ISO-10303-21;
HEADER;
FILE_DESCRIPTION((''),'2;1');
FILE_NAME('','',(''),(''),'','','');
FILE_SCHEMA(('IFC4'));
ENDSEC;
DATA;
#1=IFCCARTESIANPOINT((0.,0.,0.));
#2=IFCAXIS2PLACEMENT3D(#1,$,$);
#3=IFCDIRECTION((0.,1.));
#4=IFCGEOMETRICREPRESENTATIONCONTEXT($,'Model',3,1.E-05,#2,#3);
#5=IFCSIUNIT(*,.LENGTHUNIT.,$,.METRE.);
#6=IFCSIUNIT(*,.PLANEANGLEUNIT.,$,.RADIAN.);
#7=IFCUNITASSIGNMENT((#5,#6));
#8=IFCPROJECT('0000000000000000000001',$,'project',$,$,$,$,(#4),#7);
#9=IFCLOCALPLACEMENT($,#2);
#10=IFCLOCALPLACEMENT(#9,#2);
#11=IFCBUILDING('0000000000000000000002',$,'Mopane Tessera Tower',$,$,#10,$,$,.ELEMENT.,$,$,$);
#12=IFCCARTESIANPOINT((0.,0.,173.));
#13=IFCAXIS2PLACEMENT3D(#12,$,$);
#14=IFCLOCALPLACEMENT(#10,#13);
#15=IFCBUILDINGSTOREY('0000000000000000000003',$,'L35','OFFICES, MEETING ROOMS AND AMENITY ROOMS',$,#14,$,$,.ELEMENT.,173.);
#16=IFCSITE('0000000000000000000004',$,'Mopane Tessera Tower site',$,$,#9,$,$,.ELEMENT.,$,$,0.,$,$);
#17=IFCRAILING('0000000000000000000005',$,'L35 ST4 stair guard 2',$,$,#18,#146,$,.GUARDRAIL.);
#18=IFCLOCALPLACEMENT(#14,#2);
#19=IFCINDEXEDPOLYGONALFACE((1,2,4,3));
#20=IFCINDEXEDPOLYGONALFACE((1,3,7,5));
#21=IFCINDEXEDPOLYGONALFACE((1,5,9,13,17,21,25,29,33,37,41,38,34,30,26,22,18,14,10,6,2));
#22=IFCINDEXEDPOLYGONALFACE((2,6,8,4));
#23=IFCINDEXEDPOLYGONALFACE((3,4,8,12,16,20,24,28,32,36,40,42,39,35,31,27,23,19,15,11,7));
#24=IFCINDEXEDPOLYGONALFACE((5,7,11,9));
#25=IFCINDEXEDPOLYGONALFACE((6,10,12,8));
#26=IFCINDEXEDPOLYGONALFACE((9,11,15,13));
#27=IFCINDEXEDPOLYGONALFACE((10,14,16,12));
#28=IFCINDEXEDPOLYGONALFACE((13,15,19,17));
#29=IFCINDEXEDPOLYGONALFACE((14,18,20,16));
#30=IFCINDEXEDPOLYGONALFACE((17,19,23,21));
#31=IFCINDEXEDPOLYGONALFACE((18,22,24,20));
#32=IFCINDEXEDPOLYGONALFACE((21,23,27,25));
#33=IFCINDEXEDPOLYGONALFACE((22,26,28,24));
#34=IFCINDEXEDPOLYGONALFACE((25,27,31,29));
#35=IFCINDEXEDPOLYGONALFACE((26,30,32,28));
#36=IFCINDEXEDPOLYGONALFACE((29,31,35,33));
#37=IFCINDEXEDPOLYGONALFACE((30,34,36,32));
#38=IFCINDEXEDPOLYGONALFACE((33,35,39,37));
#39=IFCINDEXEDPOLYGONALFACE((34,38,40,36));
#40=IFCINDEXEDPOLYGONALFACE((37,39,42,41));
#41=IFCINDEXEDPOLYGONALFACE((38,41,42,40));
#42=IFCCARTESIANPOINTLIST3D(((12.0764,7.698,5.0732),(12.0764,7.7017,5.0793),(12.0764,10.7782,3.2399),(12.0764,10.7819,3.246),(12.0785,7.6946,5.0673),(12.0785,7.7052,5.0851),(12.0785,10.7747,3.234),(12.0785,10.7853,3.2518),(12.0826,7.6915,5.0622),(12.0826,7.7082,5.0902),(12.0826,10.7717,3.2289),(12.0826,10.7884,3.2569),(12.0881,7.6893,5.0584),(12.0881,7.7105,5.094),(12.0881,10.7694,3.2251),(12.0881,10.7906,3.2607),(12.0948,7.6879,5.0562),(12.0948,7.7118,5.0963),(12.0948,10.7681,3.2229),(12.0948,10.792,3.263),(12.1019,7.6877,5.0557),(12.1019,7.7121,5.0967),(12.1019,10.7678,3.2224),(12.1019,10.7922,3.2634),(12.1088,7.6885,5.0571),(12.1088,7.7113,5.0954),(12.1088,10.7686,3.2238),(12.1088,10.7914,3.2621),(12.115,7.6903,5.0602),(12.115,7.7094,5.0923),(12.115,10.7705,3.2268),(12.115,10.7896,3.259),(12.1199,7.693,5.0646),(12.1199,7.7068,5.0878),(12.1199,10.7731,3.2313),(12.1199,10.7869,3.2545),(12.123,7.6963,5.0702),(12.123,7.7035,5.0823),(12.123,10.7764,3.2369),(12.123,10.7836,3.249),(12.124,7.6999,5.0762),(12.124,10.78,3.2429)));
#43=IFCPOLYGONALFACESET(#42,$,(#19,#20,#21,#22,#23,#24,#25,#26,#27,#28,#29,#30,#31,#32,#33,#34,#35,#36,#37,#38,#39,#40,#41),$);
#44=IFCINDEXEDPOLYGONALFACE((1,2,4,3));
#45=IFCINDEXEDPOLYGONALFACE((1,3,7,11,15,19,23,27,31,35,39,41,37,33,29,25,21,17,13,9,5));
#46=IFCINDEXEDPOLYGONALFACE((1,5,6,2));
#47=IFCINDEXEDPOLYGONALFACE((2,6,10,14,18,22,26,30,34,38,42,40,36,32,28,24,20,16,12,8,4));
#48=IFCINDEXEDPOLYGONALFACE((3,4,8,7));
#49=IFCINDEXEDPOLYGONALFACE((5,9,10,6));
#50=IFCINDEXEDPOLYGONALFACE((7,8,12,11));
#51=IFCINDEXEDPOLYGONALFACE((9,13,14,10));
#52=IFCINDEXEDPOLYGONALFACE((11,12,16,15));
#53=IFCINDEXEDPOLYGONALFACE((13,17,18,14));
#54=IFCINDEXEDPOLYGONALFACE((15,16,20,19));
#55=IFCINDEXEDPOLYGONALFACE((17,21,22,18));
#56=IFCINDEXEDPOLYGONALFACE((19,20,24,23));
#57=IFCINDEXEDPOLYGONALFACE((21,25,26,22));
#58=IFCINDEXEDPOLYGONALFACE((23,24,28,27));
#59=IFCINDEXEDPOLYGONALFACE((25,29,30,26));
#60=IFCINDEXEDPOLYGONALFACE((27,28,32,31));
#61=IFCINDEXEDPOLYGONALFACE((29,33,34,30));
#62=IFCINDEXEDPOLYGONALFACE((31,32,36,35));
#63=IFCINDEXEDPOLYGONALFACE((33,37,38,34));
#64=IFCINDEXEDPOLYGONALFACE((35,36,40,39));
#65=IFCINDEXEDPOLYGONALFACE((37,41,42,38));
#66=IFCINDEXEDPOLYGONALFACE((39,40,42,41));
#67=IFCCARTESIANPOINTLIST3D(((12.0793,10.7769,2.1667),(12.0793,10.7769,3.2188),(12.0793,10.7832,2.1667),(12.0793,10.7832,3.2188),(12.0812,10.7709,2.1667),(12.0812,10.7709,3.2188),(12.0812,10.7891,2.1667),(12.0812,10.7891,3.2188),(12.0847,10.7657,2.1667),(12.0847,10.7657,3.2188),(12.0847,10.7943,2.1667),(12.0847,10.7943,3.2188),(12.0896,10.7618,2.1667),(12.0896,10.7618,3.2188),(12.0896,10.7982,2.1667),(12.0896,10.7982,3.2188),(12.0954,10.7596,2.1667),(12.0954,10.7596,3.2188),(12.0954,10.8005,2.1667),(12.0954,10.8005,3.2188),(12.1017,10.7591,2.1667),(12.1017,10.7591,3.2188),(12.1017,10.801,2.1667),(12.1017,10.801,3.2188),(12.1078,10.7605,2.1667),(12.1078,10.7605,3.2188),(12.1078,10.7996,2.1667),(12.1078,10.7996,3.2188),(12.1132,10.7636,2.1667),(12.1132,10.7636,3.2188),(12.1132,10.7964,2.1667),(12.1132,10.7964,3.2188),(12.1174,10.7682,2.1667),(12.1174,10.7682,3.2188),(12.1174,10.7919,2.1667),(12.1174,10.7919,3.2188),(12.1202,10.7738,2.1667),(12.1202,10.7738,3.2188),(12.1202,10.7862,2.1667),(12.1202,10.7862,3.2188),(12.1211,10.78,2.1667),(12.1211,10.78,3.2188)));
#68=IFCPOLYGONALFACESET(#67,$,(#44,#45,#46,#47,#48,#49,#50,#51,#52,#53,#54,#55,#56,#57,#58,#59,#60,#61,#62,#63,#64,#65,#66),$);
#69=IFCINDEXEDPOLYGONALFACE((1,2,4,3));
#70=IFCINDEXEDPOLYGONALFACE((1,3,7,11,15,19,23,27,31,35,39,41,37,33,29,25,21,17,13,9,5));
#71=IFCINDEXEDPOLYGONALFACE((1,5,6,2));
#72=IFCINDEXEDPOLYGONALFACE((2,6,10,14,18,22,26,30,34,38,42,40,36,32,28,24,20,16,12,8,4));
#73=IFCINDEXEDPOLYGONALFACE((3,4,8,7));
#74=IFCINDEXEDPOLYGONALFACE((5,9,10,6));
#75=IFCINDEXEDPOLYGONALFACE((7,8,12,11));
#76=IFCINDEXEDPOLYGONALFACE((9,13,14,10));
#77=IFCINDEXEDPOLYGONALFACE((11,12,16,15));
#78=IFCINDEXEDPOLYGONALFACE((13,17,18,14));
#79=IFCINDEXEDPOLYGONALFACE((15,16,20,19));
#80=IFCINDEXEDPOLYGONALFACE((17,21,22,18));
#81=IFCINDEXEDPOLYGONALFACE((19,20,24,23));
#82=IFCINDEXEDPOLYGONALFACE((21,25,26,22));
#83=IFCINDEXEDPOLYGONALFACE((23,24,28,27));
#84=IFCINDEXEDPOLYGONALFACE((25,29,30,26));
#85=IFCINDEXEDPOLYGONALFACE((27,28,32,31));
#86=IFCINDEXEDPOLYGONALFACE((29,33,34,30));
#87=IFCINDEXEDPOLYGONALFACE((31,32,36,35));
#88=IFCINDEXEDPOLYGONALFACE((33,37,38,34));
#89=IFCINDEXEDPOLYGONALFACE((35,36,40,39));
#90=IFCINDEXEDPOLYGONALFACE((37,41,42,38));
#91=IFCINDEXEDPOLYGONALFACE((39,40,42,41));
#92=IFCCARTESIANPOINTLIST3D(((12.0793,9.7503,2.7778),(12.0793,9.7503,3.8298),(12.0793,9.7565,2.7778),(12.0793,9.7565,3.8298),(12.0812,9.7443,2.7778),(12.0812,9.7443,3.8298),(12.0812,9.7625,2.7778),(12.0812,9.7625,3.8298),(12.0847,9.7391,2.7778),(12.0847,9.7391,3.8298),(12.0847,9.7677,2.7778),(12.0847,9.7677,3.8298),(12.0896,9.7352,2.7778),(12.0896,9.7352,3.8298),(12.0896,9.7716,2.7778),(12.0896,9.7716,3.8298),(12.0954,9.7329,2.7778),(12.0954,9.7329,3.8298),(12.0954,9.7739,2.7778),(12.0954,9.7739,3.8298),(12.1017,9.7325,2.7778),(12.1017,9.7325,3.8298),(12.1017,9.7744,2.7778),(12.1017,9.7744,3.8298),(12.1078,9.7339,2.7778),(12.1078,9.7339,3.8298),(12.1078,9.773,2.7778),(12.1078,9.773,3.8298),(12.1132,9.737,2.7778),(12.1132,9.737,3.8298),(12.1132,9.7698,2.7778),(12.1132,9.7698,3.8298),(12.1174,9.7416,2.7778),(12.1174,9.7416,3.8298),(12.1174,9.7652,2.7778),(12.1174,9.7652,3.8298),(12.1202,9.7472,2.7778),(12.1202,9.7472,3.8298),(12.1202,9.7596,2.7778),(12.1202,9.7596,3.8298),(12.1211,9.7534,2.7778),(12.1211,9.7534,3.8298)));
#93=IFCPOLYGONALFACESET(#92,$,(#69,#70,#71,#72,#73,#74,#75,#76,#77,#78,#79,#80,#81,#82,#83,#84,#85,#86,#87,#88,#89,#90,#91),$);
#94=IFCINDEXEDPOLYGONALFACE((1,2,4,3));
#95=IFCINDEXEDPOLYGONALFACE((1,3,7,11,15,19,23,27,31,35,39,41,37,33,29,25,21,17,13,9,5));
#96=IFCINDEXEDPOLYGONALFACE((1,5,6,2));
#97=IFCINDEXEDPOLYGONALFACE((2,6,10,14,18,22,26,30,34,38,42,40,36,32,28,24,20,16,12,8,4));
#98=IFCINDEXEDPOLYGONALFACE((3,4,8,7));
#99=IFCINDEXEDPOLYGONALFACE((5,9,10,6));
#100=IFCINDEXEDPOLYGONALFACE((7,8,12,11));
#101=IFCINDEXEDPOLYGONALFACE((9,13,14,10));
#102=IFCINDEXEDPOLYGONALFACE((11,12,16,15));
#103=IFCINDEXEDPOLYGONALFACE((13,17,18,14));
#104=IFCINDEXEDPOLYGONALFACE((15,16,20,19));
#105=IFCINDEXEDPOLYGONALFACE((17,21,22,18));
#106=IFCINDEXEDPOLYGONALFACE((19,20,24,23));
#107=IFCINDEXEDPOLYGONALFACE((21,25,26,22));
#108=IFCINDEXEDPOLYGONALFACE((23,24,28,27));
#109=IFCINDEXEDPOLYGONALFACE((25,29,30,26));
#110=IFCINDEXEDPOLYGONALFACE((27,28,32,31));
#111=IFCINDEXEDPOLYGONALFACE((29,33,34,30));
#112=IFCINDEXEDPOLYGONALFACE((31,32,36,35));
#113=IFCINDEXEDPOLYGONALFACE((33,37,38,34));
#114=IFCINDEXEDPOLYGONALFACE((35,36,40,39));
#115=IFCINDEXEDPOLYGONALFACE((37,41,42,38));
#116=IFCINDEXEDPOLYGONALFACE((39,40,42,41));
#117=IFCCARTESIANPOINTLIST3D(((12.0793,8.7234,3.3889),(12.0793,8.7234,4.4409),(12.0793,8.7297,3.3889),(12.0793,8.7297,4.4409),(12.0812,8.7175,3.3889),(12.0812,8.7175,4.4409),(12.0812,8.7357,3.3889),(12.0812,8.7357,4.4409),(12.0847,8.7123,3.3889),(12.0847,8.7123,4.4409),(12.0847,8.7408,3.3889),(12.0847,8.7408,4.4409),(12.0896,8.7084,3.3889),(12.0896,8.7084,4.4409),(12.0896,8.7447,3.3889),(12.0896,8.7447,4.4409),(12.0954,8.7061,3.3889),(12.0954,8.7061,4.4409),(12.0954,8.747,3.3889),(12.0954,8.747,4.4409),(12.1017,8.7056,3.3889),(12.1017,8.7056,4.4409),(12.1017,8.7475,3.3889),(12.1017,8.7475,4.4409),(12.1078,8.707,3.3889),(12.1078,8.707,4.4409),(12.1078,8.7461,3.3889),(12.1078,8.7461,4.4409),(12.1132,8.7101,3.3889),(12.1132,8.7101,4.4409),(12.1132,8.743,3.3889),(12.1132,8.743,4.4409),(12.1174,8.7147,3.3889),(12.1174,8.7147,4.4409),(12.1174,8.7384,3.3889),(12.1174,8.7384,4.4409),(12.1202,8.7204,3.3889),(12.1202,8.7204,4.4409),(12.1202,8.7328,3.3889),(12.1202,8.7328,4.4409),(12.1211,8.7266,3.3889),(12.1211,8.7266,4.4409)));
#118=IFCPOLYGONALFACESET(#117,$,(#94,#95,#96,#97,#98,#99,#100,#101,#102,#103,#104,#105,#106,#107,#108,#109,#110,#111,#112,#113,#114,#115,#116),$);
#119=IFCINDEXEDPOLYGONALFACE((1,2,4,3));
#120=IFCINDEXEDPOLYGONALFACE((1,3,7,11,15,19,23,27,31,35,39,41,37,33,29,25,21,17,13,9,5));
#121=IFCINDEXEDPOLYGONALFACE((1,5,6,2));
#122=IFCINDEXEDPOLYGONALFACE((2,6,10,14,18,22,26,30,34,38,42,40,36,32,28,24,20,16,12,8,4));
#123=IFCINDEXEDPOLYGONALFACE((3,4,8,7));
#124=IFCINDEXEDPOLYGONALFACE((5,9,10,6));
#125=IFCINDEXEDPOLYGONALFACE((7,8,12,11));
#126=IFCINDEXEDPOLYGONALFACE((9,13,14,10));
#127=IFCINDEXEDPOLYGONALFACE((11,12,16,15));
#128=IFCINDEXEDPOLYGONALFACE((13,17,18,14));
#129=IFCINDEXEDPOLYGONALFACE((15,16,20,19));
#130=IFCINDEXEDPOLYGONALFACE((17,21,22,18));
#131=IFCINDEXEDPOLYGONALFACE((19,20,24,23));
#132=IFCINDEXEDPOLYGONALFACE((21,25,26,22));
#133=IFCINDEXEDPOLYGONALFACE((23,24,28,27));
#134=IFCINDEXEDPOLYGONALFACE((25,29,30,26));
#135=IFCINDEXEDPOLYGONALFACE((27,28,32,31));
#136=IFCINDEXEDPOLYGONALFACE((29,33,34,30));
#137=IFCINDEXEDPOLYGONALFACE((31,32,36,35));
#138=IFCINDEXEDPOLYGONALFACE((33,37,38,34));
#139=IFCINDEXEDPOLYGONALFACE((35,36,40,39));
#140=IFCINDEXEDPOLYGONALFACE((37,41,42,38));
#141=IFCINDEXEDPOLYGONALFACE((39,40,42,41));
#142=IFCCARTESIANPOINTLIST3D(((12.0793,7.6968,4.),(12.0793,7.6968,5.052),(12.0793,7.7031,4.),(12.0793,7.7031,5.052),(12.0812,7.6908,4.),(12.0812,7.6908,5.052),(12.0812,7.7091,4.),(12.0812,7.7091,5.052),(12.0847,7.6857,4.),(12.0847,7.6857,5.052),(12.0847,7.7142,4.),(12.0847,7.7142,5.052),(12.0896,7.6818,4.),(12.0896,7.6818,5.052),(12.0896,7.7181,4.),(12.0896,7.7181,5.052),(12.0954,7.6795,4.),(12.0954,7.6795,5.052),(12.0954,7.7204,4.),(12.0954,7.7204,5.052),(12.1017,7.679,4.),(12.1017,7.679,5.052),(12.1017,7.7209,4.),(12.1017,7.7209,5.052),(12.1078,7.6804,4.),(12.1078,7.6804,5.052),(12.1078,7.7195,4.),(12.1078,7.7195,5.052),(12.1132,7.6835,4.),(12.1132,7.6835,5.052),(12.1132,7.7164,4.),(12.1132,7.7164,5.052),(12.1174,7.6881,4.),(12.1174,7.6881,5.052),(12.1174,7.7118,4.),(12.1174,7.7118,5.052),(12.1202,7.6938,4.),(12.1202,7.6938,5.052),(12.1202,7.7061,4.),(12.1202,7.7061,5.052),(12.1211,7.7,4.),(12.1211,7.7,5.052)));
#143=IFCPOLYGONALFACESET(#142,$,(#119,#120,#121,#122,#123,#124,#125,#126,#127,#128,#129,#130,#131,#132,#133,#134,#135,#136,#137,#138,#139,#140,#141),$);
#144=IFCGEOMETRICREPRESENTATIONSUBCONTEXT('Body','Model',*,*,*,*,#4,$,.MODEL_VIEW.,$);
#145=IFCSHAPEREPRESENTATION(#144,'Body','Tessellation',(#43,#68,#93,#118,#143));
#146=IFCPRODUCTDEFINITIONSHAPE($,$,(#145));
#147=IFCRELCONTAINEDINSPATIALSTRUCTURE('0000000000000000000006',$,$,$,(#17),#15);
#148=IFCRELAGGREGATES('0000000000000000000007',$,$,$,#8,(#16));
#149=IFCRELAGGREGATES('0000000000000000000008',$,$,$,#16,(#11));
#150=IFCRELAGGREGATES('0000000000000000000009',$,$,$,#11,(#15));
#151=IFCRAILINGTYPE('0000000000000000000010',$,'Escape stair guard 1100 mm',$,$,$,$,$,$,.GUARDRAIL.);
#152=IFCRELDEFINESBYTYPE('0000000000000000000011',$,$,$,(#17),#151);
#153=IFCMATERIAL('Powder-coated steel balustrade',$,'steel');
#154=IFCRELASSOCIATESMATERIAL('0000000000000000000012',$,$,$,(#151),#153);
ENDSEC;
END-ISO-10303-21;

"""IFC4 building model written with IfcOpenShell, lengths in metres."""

from ifc_helpers import new_model, si_unit, direction, frame, origin, origin_2d, place, context, subcontext, project, spatial, circle, extrude, material, type_object, element, save


model = new_model("IFC4")

# Units and contexts
model_context = context("Model", 3, precision=1e-05, world=origin(), true_north=direction((0.0, 1.0)))
body_context = subcontext(model_context, "Body", "Model", "MODEL_VIEW")
ifc_project = project(units=[si_unit("LENGTHUNIT", "METRE"), si_unit("PLANEANGLEUNIT", "RADIAN")], contexts=[model_context])

# Site, building, storey
site_placement = place(None, origin())
site = spatial("IfcSite", under=ifc_project, at=site_placement, Name="Mopane Tessera Tower site", CompositionType="ELEMENT", RefElevation=0.0)
building_placement = place(site_placement, origin())
building = spatial("IfcBuilding", under=site, at=building_placement, Name="Mopane Tessera Tower", CompositionType="ELEMENT")
storey_placement = place(building_placement, frame((0.0, 0.0, 173.0)))
storey = spatial("IfcBuildingStorey", under=building, at=storey_placement, Name="L35", Description="OFFICES, MEETING ROOMS AND AMENITY ROOMS", CompositionType="ELEMENT", Elevation=173.0)

# Railing
ifc_material_1 = material(Name="Powder-coated steel balustrade", Category="steel")
railing_type_1 = type_object("IfcRailingType", Name="Escape stair guard 1100 mm", PredefinedType="GUARDRAIL", material=ifc_material_1)
railing_1_placement = place(storey_placement, frame((12.1001, 10.78, 2.1667)))
element("IfcRailing", 1, at=railing_1_placement, inside=storey, type_object=railing_type_1, Name="L35 ST4 stair guard 2", PredefinedType="GUARDRAIL", context=body_context, shape_type="SweptSolid", body=[
    extrude(circle(Radius=0.0239, at=origin_2d()), frame((0.0, 0.0, 1.0762), z_axis=(0.0, -0.859309, 0.511458), x_axis=(1.0, 0.0, 0.0)), (0.0, 0.0, 1.0), 3.5845),
    extrude(circle(Radius=0.021, at=origin_2d()), origin(), (0.0, 0.0, 1.0), 1.052),
    extrude(circle(Radius=0.021, at=origin_2d()), frame((0.0, -1.0266, 0.6111)), (0.0, 0.0, 1.0), 1.052),
    extrude(circle(Radius=0.021, at=origin_2d()), frame((0.0, -2.0535, 1.2222)), (0.0, 0.0, 1.0), 1.052),
    extrude(circle(Radius=0.021, at=origin_2d()), frame((0.0, -3.0801, 1.8333)), (0.0, 0.0, 1.0), 1.052),
])

save(model, "model.ifc")
